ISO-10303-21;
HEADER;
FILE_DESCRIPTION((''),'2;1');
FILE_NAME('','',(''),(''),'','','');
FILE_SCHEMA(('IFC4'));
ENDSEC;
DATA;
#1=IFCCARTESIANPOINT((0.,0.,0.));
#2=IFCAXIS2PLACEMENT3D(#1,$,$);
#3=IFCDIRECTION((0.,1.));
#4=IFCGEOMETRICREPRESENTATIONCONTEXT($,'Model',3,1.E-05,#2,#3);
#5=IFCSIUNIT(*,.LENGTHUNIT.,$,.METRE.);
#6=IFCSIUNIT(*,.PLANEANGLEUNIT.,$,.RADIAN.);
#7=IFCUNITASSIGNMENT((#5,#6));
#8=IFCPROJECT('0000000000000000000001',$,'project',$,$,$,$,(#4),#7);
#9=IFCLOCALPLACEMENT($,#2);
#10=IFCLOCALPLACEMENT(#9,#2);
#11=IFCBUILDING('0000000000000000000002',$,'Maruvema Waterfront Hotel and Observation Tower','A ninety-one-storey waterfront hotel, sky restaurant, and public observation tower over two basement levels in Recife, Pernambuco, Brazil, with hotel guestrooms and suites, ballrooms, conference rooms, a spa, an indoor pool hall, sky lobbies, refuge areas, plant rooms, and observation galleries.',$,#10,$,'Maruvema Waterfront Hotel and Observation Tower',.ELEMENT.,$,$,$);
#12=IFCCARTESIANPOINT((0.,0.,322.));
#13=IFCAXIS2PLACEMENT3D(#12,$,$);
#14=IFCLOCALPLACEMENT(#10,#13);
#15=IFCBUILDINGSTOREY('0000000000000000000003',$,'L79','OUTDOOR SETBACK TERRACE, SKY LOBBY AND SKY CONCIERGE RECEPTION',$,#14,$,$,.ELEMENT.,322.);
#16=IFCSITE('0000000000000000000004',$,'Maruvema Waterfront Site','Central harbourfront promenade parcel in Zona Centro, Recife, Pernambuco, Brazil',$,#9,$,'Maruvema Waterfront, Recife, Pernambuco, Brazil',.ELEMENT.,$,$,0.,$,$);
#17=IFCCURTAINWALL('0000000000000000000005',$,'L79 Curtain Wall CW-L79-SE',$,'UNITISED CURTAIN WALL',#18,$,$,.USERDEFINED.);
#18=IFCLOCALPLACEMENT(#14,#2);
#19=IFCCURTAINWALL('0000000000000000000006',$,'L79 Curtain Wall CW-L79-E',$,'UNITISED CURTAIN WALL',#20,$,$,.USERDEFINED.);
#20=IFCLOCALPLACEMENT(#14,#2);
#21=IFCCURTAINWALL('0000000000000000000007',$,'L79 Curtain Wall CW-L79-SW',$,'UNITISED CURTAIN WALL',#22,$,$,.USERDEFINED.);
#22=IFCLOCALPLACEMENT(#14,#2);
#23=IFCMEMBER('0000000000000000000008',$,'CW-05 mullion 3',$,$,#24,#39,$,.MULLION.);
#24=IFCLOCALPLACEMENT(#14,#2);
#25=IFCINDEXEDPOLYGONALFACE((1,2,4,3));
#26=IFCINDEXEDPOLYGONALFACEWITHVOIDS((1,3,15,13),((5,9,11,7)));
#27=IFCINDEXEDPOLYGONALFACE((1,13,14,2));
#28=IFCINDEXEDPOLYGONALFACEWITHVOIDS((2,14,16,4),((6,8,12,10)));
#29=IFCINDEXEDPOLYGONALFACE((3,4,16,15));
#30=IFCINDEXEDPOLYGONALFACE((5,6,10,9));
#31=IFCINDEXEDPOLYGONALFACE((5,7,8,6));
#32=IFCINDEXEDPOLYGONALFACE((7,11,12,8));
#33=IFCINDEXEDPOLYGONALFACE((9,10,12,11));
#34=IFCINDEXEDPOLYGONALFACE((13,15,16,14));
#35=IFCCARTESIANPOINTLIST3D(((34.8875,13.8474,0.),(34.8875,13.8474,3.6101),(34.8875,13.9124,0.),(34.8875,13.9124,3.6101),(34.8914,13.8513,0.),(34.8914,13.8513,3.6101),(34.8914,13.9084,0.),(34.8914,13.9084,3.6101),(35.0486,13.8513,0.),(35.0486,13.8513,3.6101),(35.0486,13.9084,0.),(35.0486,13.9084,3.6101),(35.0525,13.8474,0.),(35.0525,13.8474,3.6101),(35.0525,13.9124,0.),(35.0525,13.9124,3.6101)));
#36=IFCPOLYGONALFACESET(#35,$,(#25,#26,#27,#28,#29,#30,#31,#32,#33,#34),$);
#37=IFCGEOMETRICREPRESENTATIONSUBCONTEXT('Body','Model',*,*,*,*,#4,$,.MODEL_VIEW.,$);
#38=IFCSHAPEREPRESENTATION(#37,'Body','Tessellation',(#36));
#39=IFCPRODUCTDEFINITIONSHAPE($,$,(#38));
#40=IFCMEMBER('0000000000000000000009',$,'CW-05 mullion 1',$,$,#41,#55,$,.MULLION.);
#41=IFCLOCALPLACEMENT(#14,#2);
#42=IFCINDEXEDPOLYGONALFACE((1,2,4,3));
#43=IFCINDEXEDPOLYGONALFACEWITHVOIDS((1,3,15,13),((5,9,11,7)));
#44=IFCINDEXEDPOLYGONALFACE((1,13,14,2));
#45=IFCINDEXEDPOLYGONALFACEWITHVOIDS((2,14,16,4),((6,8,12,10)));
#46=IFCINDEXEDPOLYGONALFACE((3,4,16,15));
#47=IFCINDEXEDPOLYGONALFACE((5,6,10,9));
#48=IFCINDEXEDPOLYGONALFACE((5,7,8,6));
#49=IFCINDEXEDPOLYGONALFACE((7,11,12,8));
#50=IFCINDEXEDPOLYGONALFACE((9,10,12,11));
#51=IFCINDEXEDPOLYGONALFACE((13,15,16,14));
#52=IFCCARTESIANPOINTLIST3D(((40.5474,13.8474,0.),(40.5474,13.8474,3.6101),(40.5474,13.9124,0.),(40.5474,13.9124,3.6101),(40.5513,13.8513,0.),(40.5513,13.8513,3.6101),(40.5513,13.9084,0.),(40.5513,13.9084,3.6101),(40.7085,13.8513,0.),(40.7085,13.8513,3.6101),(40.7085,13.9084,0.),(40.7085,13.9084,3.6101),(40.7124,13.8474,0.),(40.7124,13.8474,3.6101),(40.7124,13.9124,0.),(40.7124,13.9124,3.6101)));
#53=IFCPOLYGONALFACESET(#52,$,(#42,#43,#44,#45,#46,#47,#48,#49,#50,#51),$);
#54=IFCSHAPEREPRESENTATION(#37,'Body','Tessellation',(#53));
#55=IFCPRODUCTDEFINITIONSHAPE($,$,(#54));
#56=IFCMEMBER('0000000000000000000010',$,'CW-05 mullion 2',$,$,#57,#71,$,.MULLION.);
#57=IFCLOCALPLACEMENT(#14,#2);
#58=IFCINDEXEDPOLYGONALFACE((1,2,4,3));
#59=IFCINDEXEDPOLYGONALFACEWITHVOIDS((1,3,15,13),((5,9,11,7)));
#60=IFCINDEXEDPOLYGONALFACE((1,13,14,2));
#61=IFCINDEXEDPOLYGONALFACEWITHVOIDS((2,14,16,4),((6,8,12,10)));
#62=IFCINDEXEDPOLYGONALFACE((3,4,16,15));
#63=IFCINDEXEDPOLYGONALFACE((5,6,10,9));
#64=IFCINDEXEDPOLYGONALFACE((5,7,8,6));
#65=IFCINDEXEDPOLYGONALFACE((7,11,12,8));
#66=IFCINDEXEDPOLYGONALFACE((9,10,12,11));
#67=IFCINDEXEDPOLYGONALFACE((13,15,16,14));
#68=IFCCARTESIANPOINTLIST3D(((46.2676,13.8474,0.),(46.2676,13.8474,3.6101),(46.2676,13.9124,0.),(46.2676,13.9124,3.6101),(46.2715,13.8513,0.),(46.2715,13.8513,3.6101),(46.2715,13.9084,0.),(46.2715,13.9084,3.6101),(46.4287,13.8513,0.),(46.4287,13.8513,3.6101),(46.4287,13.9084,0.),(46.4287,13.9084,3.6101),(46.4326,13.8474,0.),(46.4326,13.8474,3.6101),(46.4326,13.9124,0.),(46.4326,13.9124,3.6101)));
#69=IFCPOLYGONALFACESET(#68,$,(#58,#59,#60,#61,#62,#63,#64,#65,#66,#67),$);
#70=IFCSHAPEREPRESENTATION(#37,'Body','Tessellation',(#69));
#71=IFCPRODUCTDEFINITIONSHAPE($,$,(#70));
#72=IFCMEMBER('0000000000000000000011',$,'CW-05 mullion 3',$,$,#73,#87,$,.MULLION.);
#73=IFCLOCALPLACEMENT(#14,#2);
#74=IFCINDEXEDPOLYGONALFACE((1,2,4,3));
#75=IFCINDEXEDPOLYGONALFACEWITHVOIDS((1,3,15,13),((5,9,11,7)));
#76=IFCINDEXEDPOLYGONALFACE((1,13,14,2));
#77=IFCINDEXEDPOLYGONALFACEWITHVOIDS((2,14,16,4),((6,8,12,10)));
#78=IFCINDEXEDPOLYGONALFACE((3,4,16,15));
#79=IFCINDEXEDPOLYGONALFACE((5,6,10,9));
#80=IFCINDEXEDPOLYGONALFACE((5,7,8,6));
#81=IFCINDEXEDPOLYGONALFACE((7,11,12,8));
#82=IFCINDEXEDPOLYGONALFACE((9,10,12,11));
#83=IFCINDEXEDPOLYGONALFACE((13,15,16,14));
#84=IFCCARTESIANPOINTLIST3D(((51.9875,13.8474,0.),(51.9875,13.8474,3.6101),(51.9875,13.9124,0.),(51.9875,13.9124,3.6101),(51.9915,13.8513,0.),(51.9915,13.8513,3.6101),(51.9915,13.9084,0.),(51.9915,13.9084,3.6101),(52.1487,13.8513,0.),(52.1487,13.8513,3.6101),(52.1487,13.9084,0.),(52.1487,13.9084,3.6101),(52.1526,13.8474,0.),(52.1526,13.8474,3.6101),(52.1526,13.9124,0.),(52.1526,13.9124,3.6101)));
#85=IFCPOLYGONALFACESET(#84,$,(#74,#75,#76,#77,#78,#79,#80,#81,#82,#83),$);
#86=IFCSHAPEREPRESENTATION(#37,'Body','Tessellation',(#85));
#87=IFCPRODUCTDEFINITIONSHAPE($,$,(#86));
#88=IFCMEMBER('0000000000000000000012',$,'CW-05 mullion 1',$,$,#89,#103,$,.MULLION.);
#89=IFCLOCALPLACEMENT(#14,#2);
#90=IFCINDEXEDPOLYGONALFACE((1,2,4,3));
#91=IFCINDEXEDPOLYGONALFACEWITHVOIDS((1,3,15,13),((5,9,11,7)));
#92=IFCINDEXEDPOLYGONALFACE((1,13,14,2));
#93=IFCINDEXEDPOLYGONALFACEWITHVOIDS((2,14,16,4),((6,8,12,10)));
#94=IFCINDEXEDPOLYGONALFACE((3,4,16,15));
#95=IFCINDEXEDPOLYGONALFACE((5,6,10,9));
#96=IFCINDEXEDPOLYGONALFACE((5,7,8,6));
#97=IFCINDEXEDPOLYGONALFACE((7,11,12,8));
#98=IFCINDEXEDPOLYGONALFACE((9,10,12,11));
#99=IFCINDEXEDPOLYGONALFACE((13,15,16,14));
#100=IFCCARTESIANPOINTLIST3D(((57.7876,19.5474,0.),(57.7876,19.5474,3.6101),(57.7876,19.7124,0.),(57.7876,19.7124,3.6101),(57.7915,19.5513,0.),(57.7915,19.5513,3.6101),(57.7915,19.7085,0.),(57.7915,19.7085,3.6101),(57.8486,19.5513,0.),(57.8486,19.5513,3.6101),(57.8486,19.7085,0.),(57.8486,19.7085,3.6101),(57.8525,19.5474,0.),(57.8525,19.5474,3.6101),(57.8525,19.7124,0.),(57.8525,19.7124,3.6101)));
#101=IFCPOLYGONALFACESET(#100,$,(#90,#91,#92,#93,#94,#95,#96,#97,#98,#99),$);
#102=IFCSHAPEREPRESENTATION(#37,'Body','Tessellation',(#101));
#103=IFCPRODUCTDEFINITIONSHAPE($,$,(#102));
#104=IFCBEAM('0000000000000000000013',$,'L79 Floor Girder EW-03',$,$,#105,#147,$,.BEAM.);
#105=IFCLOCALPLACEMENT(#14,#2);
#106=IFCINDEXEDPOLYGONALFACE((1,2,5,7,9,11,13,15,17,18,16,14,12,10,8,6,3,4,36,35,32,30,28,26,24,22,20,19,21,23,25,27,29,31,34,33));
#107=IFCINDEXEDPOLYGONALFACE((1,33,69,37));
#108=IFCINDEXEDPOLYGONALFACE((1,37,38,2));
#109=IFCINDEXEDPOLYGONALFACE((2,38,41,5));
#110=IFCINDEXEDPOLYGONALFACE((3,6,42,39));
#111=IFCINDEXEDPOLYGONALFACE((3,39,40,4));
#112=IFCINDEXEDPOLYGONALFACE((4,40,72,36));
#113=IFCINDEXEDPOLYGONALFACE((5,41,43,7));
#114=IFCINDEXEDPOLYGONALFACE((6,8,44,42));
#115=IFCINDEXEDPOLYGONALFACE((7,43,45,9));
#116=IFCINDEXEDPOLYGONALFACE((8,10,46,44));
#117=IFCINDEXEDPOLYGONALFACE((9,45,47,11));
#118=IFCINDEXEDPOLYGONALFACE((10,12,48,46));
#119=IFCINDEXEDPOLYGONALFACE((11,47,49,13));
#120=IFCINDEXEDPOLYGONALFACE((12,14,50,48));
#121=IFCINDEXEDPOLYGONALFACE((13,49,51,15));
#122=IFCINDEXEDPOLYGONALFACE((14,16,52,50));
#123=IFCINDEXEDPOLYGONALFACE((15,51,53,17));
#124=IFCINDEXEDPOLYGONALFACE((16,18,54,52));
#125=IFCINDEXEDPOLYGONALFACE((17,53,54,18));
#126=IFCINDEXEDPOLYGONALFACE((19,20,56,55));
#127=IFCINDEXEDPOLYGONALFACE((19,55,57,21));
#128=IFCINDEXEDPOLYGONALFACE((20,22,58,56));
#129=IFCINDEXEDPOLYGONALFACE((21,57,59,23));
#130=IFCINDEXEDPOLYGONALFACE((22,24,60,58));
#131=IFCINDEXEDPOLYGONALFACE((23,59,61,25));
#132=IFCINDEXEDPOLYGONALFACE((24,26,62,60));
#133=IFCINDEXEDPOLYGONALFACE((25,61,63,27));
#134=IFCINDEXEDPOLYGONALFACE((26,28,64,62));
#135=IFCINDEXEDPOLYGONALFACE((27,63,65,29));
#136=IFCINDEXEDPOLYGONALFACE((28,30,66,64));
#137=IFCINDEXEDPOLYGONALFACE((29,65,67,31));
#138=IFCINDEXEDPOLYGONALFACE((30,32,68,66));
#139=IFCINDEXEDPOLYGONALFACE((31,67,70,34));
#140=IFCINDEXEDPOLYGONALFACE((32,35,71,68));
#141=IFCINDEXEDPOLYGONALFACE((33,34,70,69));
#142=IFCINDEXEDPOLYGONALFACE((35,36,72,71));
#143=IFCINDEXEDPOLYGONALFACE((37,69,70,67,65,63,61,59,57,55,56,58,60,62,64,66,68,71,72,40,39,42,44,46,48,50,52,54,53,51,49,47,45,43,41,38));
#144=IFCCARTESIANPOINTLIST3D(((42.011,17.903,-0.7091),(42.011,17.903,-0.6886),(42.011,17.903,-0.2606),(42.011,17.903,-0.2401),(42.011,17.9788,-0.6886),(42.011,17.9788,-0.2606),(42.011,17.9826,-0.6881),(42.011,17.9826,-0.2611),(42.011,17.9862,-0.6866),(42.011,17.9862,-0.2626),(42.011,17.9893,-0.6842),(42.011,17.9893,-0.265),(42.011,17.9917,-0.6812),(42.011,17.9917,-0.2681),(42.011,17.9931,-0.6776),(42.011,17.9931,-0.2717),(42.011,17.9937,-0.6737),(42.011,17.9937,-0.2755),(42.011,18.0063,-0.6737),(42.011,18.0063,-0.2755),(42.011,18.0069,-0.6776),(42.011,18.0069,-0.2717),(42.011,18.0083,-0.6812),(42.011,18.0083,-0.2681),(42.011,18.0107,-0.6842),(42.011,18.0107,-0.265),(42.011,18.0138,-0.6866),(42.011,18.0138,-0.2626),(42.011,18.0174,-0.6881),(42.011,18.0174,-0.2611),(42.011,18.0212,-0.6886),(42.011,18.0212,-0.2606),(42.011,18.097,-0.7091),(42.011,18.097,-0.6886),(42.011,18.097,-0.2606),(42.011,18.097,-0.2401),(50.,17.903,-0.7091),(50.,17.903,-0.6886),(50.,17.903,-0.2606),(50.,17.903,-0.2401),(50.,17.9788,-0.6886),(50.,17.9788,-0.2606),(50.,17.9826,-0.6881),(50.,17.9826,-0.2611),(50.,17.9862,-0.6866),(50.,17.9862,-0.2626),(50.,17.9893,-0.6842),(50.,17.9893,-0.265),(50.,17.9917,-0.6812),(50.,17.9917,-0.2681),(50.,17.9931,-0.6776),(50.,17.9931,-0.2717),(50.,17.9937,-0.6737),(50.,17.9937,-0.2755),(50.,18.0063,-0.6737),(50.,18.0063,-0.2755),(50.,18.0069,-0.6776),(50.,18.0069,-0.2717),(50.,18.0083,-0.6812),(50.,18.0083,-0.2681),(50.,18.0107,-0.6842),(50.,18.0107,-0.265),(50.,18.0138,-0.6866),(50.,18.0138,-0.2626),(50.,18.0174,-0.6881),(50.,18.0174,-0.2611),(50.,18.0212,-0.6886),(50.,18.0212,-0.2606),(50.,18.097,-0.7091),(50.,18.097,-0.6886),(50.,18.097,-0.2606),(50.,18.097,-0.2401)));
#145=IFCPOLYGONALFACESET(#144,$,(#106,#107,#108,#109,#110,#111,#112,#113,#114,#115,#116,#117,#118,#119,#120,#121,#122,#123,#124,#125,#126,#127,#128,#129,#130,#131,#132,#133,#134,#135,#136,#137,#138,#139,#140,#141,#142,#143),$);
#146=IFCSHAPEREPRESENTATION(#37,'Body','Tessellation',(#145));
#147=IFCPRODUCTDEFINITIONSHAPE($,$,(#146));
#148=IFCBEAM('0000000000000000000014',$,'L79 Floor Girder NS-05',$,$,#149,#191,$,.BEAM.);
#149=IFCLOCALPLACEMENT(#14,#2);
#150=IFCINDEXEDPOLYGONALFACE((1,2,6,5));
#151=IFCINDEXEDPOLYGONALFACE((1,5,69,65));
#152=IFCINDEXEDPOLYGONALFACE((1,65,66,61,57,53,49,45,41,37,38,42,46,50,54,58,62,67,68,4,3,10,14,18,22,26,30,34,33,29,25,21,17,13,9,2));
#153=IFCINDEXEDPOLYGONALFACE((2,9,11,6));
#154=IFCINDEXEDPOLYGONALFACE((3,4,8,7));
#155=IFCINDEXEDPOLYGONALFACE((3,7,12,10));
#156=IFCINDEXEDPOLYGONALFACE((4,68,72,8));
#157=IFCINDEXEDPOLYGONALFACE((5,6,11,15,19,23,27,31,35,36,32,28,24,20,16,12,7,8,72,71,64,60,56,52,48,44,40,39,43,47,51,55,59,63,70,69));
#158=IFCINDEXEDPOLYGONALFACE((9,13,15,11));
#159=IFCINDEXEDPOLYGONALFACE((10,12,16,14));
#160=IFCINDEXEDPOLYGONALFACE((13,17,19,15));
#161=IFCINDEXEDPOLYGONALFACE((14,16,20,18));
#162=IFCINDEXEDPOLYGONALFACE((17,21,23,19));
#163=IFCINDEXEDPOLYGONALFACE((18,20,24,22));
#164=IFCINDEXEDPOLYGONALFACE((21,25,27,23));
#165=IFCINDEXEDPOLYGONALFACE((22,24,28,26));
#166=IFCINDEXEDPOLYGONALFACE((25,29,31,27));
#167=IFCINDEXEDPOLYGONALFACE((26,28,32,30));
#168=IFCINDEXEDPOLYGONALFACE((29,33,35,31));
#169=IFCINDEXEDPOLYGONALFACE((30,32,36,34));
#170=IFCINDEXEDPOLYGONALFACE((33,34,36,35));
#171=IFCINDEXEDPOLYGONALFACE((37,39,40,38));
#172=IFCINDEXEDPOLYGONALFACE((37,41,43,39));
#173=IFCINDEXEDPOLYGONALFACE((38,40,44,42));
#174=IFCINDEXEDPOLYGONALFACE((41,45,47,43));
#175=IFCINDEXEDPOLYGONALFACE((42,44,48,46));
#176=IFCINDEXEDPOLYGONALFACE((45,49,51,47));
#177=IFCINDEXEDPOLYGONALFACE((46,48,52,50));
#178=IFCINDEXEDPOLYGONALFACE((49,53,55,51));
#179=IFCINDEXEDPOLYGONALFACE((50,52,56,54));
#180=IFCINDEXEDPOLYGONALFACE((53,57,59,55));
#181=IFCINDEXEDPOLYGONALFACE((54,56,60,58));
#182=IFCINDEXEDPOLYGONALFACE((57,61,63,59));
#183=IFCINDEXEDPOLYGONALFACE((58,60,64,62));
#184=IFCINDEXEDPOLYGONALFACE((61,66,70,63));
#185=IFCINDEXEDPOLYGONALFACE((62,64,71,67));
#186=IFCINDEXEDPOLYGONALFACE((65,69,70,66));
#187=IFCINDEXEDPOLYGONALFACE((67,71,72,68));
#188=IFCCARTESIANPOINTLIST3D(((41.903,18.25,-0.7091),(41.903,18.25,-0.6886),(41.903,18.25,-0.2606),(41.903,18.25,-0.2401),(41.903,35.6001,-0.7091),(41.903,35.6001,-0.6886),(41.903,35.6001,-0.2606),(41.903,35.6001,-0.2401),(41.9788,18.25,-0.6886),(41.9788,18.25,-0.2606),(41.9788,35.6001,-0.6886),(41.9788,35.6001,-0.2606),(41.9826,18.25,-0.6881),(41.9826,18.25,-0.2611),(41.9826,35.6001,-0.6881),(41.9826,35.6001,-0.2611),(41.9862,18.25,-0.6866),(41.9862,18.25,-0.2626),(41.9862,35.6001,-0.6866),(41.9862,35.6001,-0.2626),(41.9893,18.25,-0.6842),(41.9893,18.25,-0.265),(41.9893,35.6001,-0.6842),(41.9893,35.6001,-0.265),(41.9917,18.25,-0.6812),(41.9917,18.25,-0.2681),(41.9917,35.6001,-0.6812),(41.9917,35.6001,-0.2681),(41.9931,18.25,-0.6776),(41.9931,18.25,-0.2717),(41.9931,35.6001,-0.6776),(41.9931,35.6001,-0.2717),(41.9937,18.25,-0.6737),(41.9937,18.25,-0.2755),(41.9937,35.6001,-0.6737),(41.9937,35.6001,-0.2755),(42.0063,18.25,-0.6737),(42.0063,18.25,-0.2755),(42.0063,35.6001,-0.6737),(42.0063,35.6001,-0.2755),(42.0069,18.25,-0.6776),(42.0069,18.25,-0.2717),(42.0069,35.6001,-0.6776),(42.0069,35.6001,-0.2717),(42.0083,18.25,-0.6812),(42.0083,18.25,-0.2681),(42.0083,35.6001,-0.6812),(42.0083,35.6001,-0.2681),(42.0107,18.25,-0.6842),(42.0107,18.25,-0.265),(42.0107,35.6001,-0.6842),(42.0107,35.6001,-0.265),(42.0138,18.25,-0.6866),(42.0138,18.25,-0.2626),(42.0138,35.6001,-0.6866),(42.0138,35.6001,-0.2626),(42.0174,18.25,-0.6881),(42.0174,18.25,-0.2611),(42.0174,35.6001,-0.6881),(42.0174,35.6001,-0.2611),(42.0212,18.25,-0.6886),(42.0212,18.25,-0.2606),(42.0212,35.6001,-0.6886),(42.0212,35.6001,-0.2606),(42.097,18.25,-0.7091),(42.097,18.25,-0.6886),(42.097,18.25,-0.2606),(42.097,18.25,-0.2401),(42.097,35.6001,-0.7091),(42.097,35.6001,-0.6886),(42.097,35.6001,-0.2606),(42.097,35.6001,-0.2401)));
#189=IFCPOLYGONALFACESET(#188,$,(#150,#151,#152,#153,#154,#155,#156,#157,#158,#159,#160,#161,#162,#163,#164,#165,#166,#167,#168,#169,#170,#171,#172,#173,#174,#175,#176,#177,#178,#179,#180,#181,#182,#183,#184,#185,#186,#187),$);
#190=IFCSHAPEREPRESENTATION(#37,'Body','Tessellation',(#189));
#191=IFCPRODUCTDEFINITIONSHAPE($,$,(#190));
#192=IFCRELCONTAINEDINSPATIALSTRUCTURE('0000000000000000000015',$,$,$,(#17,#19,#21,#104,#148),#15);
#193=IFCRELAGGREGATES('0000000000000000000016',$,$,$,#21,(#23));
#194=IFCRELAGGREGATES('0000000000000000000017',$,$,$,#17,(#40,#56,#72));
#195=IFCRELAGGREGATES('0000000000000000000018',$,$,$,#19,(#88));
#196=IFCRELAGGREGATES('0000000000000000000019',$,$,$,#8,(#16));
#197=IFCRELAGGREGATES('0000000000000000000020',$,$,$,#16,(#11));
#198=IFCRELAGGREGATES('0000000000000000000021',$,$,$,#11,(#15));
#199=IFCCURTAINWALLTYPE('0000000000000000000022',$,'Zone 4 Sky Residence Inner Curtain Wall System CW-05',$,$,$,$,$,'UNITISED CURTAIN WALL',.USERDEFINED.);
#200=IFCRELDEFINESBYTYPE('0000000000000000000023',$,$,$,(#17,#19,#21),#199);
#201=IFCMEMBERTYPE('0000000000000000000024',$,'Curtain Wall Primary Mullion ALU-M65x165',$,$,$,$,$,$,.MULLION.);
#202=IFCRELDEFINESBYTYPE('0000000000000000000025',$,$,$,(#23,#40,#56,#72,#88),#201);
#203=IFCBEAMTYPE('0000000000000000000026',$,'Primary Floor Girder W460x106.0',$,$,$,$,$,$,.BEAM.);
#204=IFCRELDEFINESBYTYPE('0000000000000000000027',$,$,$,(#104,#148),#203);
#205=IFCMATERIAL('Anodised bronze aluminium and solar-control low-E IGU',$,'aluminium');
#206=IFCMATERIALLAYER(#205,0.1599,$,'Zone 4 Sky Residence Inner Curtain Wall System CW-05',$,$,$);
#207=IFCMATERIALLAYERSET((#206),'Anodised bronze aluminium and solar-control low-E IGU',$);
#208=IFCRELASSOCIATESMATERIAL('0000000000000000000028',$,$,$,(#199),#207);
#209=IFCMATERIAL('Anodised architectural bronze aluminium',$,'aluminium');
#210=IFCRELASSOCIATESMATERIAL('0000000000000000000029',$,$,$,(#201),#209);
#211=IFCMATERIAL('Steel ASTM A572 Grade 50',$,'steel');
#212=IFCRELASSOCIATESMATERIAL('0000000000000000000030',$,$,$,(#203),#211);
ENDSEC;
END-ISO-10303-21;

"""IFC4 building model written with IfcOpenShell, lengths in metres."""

from ifc_helpers import new_model, si_unit, direction, frame, origin, origin_2d, place, context, subcontext, project, spatial, hollow_rectangle, i_section, extrude, material, layer, layer_set, material_profile, profile_set, type_object, element, aggregate, save


model = new_model("IFC4")

# Units and contexts
model_context = context("Model", 3, precision=1e-05, world=origin(), true_north=direction((0.0, 1.0)))
body_context = subcontext(model_context, "Body", "Model", "MODEL_VIEW")
ifc_project = project(units=[si_unit("LENGTHUNIT", "METRE"), si_unit("PLANEANGLEUNIT", "RADIAN")], contexts=[model_context])

# Site, building, storey
site_placement = place(None, origin())
site = spatial("IfcSite", under=ifc_project, at=site_placement, Name="Maruvema Waterfront Site", Description="Central harbourfront promenade parcel in Zona Centro, Recife, Pernambuco, Brazil", LongName="Maruvema Waterfront, Recife, Pernambuco, Brazil", CompositionType="ELEMENT", RefElevation=0.0)
building_placement = place(site_placement, origin())
building = spatial("IfcBuilding", under=site, at=building_placement, Name="Maruvema Waterfront Hotel and Observation Tower", Description="A ninety-one-storey waterfront hotel, sky restaurant, and public observation tower over two basement levels in Recife, Pernambuco, Brazil, with hotel guestrooms and suites, ballrooms, conference rooms, a spa, an indoor pool hall, sky lobbies, refuge areas, plant rooms, and observation galleries.", LongName="Maruvema Waterfront Hotel and Observation Tower", CompositionType="ELEMENT")
storey_placement = place(building_placement, frame((0.0, 0.0, 322.0)))
storey = spatial("IfcBuildingStorey", under=building, at=storey_placement, Name="L79", Description="OUTDOOR SETBACK TERRACE, SKY LOBBY AND SKY CONCIERGE RECEPTION", CompositionType="ELEMENT", Elevation=322.0)

# Curtain walls
ifc_material_1 = material(Name="Anodised bronze aluminium and solar-control low-E IGU", Category="aluminium")
ifc_layer_1 = layer(ifc_material_1, 0.1599, Name="Zone 4 Sky Residence Inner Curtain Wall System CW-05")
ifc_layer_set_1 = layer_set([ifc_layer_1], Name="Anodised bronze aluminium and solar-control low-E IGU")
curtain_wall_type = type_object("IfcCurtainWallType", Name="Zone 4 Sky Residence Inner Curtain Wall System CW-05", ElementType="UNITISED CURTAIN WALL", PredefinedType="USERDEFINED", material=ifc_layer_set_1)
curtain_wall_1_placement = place(storey_placement, origin())
curtain_wall_1 = element("IfcCurtainWall", 1, at=curtain_wall_1_placement, inside=storey, type_object=curtain_wall_type, Name="L79 Curtain Wall CW-L79-SE", ObjectType="UNITISED CURTAIN WALL", PredefinedType="USERDEFINED")
curtain_wall_2_placement = place(storey_placement, origin())
curtain_wall_2 = element("IfcCurtainWall", 2, at=curtain_wall_2_placement, inside=storey, type_object=curtain_wall_type, Name="L79 Curtain Wall CW-L79-E", ObjectType="UNITISED CURTAIN WALL", PredefinedType="USERDEFINED")

# Curtain wall, member
curtain_wall_3_placement = place(storey_placement, origin())
curtain_wall_3 = element("IfcCurtainWall", 3, at=curtain_wall_3_placement, inside=storey, type_object=curtain_wall_type, Name="L79 Curtain Wall CW-L79-SW", ObjectType="UNITISED CURTAIN WALL", PredefinedType="USERDEFINED")
ifc_material_2 = material(Name="Anodised architectural bronze aluminium", Category="aluminium")
ifc_material_profile_1 = material_profile(ifc_material_2, hollow_rectangle(XDim=0.0649, YDim=0.165, WallThickness=0.0039, at=origin_2d()), Name="ALU-M65x165")
ifc_profile_set_1 = profile_set([ifc_material_profile_1], Name="Anodised architectural bronze aluminium")
member_type_1 = type_object("IfcMemberType", Name="Curtain Wall Primary Mullion ALU-M65x165", PredefinedType="MULLION", material=ifc_profile_set_1)
member_1_placement = place(storey_placement, frame((34.97, 13.8799, 0.0), z_axis=(0.0, 0.0, 1.0), x_axis=(0.0, 1.0, 0.0)))
member_1 = element("IfcMember", 4, at=member_1_placement, type_object=member_type_1, Name="CW-05 mullion 3", PredefinedType="MULLION", context=body_context, shape_type="SweptSolid", body=[
    extrude(hollow_rectangle(XDim=0.0649, YDim=0.165, WallThickness=0.0039, at=origin_2d()), origin(), (0.0, 0.0, 1.0), 3.6101),
])
aggregate(curtain_wall_3, [member_1])

# Members
member_2_placement = place(storey_placement, frame((40.6299, 13.8799, 0.0), z_axis=(0.0, 0.0, 1.0), x_axis=(0.0, 1.0, 0.0)))
member_2 = element("IfcMember", 5, at=member_2_placement, type_object=member_type_1, Name="CW-05 mullion 1", PredefinedType="MULLION", context=body_context, shape_type="SweptSolid", body=[
    extrude(hollow_rectangle(XDim=0.0649, YDim=0.165, WallThickness=0.0039, at=origin_2d()), origin(), (0.0, 0.0, 1.0), 3.6101),
])
member_3_placement = place(storey_placement, frame((46.3501, 13.8799, 0.0), z_axis=(0.0, 0.0, 1.0), x_axis=(0.0, 1.0, 0.0)))
member_3 = element("IfcMember", 6, at=member_3_placement, type_object=member_type_1, Name="CW-05 mullion 2", PredefinedType="MULLION", context=body_context, shape_type="SweptSolid", body=[
    extrude(hollow_rectangle(XDim=0.0649, YDim=0.165, WallThickness=0.0039, at=origin_2d()), origin(), (0.0, 0.0, 1.0), 3.6101),
])
member_4_placement = place(storey_placement, frame((52.0701, 13.8799, 0.0), z_axis=(0.0, 0.0, 1.0), x_axis=(0.0, 1.0, 0.0)))
member_4 = element("IfcMember", 7, at=member_4_placement, type_object=member_type_1, Name="CW-05 mullion 3", PredefinedType="MULLION", context=body_context, shape_type="SweptSolid", body=[
    extrude(hollow_rectangle(XDim=0.0649, YDim=0.165, WallThickness=0.0039, at=origin_2d()), origin(), (0.0, 0.0, 1.0), 3.6101),
])
member_5_placement = place(storey_placement, frame((57.8201, 19.6299, 0.0), z_axis=(0.0, 0.0, 1.0), x_axis=(-1.0, 0.0, 0.0)))
member_5 = element("IfcMember", 8, at=member_5_placement, type_object=member_type_1, Name="CW-05 mullion 1", PredefinedType="MULLION", context=body_context, shape_type="SweptSolid", body=[
    extrude(hollow_rectangle(XDim=0.0649, YDim=0.165, WallThickness=0.0039, at=origin_2d()), origin(), (0.0, 0.0, 1.0), 3.6101),
])

# Beams
ifc_material_3 = material(Name="Steel ASTM A572 Grade 50", Category="steel")
ifc_material_profile_2 = material_profile(ifc_material_3, i_section(OverallWidth=0.1941, OverallDepth=0.469, WebThickness=0.0127, FlangeThickness=0.0205, FilletRadius=0.0149, at=origin_2d()), Name="W460x106.0")
ifc_profile_set_2 = profile_set([ifc_material_profile_2], Name="Steel ASTM A572 Grade 50")
beam_type = type_object("IfcBeamType", Name="Primary Floor Girder W460x106.0", PredefinedType="BEAM", material=ifc_profile_set_2)
beam_1_placement = place(storey_placement, frame((42.011, 18.0, -0.4746), z_axis=(1.0, 0.0, 0.0), x_axis=(0.0, 1.0, 0.0)))
element("IfcBeam", 9, at=beam_1_placement, inside=storey, type_object=beam_type, Name="L79 Floor Girder EW-03", PredefinedType="BEAM", context=body_context, shape_type="SweptSolid", body=[
    extrude(i_section(OverallWidth=0.1941, OverallDepth=0.469, WebThickness=0.0127, FlangeThickness=0.0205, FilletRadius=0.0149, at=origin_2d()), origin(), (0.0, 0.0, 1.0), 7.989),
])
beam_2_placement = place(storey_placement, frame((42.0, 18.25, -0.4746), z_axis=(0.0, 1.0, 0.0), x_axis=(-1.0, 0.0, 0.0)))
element("IfcBeam", 10, at=beam_2_placement, inside=storey, type_object=beam_type, Name="L79 Floor Girder NS-05", PredefinedType="BEAM", context=body_context, shape_type="SweptSolid", body=[
    extrude(i_section(OverallWidth=0.1941, OverallDepth=0.469, WebThickness=0.0127, FlangeThickness=0.0205, FilletRadius=0.0149, at=origin_2d()), origin(), (0.0, 0.0, 1.0), 17.3501),
])

aggregate(curtain_wall_1, [member_2, member_3, member_4])
aggregate(curtain_wall_2, [member_5])

save(model, "model.ifc")
